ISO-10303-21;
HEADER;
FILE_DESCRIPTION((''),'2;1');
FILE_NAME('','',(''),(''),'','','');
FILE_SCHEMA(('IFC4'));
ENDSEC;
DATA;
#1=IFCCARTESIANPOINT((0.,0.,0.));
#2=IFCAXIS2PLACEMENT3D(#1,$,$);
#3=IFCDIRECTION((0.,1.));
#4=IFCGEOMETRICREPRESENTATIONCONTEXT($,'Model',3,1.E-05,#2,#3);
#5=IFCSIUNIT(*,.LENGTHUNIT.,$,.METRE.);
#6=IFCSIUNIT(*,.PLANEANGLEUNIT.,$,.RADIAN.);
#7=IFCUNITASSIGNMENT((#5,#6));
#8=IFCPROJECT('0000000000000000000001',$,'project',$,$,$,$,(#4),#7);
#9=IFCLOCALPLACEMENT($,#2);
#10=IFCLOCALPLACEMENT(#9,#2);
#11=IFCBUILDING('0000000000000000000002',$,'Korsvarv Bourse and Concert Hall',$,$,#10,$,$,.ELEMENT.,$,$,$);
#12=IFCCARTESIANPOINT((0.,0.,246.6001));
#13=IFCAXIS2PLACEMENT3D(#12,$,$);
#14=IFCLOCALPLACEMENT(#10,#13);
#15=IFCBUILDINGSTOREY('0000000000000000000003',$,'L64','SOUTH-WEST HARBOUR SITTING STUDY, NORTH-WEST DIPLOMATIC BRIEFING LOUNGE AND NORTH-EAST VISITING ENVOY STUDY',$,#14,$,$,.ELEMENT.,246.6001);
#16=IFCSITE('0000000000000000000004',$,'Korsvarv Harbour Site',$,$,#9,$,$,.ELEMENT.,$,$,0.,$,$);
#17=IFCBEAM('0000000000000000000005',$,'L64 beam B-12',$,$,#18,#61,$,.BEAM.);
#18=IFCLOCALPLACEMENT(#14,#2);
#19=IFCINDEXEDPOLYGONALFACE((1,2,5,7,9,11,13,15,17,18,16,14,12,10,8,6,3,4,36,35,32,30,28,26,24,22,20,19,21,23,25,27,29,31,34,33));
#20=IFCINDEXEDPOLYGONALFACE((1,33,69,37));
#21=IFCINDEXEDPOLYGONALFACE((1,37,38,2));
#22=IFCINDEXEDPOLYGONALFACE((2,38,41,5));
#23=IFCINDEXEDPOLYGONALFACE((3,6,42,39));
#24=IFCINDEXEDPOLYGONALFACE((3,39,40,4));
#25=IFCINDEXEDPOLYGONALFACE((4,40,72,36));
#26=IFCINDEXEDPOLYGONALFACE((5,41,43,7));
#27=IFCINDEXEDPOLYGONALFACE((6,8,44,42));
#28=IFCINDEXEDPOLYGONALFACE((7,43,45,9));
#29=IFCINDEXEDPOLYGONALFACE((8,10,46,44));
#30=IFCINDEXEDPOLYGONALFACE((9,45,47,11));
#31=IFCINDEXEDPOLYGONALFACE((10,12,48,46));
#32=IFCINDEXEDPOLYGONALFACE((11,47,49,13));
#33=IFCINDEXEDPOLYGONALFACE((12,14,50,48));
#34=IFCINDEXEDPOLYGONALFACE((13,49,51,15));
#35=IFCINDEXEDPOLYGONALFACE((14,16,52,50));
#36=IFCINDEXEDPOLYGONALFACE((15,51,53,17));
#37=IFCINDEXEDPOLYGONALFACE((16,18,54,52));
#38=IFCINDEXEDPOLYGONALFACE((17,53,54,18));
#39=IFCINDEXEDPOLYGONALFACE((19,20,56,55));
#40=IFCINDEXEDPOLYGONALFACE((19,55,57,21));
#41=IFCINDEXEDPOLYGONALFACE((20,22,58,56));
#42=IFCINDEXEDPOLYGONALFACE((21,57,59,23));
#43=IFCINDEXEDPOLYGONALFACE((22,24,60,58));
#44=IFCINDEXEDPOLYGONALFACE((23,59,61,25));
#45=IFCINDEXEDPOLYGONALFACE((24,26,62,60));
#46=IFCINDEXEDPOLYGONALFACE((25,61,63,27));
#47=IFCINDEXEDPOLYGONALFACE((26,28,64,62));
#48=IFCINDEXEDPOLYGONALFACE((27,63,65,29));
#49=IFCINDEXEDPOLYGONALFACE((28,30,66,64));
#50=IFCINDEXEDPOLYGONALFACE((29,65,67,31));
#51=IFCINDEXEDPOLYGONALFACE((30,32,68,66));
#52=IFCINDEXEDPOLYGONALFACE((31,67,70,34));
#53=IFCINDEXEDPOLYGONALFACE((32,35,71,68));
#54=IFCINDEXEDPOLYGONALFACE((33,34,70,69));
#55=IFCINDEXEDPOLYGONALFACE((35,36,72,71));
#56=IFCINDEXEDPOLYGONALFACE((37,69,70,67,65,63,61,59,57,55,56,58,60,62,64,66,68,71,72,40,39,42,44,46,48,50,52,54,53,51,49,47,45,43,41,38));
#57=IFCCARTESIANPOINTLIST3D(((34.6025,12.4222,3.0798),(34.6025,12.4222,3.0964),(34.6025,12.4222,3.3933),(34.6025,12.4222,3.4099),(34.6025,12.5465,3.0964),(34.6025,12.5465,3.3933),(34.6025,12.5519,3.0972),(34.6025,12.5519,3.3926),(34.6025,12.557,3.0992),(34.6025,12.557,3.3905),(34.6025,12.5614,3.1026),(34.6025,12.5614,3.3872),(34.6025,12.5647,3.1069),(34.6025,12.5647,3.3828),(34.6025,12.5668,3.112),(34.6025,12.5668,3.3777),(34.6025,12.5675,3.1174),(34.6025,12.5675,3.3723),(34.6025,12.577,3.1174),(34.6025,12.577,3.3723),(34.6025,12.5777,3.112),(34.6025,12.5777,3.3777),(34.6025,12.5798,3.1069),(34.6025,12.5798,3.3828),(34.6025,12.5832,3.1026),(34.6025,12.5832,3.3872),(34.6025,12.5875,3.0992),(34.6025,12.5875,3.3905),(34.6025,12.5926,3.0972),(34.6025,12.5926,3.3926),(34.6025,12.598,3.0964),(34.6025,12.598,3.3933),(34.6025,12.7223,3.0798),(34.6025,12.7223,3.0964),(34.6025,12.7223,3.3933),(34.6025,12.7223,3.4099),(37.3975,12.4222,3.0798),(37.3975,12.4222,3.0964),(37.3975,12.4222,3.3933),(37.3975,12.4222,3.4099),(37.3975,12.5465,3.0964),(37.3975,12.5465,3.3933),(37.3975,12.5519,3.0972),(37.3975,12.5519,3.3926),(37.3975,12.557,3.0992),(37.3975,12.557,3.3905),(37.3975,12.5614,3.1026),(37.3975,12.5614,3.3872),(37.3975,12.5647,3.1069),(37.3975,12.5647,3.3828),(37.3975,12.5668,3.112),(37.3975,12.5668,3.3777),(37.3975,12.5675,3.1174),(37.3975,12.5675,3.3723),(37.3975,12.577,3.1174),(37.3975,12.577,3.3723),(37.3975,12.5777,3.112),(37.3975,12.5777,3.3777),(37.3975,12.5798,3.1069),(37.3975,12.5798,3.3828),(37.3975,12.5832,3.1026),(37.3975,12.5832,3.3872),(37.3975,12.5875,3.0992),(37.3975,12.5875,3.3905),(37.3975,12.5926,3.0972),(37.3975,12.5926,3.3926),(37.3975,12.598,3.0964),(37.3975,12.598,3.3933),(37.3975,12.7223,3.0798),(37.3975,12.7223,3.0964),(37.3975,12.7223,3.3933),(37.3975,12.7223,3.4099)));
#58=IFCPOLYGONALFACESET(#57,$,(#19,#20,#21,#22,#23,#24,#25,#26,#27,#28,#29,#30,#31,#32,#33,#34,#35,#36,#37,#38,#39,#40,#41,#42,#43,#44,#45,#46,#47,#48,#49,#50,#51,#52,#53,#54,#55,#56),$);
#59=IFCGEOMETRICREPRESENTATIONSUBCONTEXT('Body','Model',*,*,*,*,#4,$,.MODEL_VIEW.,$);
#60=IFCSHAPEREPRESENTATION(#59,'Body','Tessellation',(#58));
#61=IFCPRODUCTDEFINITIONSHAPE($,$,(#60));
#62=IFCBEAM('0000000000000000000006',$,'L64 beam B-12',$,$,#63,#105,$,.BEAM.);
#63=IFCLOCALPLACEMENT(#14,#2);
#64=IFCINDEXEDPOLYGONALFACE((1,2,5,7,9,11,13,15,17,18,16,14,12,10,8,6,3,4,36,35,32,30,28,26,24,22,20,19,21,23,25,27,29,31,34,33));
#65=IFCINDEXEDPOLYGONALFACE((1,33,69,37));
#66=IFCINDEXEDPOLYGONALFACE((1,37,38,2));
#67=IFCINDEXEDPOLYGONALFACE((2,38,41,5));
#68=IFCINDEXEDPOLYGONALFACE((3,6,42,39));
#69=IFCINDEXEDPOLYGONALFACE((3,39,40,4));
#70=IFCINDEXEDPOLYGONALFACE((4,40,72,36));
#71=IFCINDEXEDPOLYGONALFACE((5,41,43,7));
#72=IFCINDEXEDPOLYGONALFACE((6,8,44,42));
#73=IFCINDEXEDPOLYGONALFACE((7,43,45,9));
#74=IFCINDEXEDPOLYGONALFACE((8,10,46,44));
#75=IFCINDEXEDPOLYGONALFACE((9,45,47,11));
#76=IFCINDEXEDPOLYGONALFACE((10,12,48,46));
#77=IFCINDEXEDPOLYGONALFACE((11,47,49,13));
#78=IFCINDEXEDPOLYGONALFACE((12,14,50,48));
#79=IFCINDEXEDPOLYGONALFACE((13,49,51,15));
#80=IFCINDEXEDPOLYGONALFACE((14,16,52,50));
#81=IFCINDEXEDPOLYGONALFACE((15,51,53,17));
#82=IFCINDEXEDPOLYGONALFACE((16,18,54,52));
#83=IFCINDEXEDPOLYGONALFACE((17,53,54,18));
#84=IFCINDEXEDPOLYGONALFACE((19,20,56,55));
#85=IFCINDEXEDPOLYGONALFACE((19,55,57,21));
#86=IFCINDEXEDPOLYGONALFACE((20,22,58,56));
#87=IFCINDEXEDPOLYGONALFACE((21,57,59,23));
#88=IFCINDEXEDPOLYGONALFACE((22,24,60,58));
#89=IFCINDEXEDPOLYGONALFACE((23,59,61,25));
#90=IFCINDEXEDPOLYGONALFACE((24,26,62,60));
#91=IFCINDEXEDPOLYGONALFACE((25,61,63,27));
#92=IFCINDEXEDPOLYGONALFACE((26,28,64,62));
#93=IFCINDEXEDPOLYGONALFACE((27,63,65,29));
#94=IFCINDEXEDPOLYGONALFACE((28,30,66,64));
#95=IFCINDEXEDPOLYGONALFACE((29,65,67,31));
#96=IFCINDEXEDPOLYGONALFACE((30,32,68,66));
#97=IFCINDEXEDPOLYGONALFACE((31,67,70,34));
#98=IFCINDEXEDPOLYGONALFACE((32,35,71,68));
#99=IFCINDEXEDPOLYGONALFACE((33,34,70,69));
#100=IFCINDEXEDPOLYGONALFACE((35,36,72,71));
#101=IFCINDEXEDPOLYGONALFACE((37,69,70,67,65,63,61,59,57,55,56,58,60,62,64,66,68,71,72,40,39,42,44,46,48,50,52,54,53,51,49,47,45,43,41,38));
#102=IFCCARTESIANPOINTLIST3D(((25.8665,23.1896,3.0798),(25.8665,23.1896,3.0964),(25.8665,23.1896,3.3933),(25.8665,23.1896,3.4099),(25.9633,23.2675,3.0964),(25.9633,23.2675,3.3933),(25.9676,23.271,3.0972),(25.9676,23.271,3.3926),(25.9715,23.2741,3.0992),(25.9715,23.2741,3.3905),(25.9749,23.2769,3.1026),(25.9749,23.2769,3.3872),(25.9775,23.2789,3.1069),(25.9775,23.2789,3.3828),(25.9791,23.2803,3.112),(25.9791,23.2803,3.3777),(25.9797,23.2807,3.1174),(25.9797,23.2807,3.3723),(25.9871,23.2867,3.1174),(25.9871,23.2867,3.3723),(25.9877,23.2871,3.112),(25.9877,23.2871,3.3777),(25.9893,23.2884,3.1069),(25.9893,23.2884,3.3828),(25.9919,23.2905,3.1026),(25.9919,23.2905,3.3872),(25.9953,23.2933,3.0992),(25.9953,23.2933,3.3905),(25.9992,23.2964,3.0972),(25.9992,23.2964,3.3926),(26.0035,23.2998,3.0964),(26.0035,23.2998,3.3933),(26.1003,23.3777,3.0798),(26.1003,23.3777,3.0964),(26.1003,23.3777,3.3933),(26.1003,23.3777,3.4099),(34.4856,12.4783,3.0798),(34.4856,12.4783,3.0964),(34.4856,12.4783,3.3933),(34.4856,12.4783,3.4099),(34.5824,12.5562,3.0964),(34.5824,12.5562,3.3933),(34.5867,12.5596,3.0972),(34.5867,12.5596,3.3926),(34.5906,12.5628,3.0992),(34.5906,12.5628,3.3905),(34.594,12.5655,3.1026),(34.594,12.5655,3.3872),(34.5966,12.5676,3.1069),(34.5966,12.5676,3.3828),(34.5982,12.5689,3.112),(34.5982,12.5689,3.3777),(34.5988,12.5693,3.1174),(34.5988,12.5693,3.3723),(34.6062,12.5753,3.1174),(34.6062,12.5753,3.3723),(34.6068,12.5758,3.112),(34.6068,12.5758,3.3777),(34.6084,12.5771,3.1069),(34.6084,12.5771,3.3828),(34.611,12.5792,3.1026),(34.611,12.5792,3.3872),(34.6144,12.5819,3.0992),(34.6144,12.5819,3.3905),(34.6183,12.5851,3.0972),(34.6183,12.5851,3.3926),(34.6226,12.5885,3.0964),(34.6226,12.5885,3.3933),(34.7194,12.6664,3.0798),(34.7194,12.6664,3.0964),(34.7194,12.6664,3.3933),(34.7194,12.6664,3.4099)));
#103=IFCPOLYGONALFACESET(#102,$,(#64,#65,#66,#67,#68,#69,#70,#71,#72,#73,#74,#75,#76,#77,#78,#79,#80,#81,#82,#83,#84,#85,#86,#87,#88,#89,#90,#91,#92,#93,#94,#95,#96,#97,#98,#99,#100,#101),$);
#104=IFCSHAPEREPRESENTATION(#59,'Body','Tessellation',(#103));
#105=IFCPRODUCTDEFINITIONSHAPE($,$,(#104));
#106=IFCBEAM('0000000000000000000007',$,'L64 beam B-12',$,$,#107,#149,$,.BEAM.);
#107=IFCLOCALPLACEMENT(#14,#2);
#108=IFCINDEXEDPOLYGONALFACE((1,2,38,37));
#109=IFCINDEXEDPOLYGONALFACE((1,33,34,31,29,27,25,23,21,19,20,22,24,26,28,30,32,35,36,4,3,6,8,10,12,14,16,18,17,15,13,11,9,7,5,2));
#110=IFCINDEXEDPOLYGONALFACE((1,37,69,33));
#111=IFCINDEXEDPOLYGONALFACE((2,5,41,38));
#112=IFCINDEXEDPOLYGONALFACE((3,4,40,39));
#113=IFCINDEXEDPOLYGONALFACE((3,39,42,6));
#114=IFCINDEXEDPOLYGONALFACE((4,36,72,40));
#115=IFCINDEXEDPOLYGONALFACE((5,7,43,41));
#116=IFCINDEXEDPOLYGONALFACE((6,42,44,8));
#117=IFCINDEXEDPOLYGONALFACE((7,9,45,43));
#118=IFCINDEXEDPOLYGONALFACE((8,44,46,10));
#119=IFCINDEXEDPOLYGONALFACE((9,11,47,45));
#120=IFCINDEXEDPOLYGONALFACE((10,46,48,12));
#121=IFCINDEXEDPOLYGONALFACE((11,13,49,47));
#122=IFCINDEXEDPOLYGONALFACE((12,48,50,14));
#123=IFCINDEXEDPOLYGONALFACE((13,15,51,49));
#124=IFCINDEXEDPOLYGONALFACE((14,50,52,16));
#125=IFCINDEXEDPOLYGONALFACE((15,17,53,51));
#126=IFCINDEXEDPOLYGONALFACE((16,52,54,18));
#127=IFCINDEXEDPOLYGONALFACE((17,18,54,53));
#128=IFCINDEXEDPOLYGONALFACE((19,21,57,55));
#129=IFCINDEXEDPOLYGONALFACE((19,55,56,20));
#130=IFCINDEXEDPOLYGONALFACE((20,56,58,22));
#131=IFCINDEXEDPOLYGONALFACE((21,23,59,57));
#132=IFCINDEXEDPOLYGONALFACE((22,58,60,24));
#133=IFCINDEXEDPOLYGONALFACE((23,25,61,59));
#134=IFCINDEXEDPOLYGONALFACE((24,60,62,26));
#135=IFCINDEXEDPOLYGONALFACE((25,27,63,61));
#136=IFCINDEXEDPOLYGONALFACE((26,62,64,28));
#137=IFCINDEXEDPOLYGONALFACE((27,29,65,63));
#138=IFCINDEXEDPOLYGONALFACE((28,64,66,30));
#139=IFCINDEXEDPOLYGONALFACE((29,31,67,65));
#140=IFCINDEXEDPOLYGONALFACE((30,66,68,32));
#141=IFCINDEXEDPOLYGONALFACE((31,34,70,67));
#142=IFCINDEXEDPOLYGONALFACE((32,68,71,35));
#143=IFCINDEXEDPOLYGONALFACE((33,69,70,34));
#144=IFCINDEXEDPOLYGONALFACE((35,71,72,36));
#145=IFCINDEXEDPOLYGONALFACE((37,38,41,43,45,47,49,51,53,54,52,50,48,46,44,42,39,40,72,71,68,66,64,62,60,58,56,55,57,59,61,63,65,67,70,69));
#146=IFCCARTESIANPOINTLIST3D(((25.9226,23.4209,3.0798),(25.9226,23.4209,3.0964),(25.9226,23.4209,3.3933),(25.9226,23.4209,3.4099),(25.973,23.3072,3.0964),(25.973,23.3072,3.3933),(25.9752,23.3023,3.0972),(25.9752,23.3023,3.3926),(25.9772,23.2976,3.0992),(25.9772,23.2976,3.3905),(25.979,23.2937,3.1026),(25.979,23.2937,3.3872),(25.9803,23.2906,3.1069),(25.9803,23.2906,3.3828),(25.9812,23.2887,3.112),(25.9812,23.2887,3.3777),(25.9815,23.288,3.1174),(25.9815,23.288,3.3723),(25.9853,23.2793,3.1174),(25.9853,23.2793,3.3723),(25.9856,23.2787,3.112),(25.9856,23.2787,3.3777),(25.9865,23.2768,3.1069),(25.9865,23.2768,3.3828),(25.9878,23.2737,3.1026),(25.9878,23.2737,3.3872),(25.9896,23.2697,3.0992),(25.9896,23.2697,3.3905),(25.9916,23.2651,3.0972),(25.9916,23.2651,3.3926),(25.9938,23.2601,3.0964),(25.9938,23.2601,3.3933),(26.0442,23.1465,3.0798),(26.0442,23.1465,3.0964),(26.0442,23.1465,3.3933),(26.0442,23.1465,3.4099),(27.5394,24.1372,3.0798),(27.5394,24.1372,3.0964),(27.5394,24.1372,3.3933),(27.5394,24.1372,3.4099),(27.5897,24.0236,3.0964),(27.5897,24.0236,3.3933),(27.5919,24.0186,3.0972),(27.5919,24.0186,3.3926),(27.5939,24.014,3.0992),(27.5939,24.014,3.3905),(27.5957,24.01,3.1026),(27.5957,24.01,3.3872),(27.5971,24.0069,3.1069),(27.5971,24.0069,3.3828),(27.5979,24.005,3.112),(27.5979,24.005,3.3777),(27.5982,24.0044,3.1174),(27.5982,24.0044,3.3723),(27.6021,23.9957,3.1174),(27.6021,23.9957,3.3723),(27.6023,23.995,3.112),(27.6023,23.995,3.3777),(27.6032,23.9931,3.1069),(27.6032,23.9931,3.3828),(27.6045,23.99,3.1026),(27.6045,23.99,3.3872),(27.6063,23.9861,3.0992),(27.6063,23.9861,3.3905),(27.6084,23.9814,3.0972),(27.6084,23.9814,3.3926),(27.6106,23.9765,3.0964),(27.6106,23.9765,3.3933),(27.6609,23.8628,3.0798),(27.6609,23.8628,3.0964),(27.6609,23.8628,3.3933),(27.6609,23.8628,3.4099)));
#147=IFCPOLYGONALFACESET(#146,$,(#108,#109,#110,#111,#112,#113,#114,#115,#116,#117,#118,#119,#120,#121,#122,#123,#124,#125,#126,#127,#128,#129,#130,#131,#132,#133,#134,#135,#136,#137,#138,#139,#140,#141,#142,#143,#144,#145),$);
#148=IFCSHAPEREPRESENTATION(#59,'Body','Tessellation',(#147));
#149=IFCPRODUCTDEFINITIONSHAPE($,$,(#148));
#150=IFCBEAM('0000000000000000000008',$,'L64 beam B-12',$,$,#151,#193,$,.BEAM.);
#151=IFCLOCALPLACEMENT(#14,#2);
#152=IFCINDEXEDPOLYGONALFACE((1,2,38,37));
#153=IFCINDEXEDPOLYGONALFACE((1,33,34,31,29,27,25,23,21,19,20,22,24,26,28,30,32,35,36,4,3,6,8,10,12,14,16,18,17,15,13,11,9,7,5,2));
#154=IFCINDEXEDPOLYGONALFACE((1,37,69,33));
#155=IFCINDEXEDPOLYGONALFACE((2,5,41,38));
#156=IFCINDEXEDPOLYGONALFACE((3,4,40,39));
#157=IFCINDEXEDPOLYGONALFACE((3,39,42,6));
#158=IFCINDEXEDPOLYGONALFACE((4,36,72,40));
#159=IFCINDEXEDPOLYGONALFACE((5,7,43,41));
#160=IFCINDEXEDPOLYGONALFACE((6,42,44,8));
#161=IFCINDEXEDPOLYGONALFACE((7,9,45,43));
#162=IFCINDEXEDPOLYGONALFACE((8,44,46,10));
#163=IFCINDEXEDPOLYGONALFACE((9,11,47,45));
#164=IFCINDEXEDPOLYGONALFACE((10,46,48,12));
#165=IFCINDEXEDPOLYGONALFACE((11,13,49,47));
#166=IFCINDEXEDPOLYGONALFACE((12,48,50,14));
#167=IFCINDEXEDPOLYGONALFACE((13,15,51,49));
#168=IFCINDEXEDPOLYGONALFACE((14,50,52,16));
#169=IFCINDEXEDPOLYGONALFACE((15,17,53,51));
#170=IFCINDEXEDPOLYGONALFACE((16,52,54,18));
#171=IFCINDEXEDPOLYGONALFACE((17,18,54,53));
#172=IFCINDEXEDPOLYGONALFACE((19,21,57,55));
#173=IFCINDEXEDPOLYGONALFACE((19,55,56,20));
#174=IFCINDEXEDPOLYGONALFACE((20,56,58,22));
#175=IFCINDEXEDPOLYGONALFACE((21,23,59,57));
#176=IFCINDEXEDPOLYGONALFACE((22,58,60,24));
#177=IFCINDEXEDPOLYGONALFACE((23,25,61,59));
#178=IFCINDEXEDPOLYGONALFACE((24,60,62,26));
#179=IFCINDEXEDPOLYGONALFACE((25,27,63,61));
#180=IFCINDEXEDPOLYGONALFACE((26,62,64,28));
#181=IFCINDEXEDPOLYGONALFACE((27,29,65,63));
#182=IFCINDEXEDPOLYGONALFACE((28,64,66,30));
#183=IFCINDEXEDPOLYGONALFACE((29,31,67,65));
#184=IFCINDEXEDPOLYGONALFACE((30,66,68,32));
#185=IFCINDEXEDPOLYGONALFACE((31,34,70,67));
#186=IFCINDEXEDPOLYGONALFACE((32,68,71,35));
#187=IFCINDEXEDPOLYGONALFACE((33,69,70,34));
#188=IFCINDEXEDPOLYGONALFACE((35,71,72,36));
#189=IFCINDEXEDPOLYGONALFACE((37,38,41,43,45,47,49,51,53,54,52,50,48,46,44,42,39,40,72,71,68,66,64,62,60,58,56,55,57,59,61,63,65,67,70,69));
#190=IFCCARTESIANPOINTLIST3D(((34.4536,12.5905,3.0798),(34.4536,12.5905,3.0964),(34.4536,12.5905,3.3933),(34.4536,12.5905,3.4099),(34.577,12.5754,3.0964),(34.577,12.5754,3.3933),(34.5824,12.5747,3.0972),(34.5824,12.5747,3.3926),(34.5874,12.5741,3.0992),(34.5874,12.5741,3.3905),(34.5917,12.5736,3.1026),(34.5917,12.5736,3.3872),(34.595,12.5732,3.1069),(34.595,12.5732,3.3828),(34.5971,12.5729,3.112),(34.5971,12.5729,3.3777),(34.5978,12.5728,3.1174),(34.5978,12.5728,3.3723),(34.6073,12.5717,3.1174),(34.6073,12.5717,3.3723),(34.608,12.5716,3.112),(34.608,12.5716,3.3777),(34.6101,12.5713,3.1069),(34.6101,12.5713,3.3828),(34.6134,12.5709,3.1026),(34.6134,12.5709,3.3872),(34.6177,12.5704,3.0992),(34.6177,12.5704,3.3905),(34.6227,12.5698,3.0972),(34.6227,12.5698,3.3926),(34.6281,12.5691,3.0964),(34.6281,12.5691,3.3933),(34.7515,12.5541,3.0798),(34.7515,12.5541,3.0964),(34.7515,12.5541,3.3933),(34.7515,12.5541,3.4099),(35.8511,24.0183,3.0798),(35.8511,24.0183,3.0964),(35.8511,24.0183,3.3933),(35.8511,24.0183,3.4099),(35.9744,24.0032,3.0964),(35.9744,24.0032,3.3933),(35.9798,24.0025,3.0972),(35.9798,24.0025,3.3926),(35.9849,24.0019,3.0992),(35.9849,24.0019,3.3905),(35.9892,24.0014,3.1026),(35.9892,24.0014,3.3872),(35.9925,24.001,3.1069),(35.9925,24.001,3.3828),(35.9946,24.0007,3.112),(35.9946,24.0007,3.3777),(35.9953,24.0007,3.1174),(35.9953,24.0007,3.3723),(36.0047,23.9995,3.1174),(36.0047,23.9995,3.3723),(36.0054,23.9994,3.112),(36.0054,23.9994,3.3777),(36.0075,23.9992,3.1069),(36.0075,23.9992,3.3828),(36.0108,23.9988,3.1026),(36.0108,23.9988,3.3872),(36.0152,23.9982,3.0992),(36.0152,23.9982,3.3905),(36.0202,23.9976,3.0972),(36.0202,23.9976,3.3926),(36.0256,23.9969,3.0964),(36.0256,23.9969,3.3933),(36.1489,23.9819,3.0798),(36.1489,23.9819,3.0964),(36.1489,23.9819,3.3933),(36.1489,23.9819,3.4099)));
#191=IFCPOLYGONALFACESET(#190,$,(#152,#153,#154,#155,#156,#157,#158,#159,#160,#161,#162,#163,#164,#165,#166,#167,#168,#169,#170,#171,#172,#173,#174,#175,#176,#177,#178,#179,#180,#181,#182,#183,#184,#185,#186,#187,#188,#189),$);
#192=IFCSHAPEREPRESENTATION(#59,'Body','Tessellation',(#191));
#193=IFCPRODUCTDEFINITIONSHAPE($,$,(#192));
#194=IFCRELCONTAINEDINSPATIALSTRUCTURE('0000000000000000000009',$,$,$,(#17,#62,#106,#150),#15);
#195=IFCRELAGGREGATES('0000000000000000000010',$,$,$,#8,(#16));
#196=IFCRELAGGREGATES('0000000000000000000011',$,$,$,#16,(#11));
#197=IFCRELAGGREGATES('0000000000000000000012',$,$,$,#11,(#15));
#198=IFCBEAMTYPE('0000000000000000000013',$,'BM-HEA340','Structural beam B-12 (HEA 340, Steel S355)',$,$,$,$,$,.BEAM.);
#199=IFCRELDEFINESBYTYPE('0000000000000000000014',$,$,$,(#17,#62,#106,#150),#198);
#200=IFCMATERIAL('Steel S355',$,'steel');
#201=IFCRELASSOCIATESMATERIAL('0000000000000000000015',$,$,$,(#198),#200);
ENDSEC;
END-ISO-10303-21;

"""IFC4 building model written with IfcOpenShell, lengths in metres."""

from ifc_helpers import new_model, si_unit, direction, frame, origin, origin_2d, place, context, subcontext, project, spatial, i_section, extrude, source, transform, mapped, material, material_profile, profile_set, type_object, element, save


model = new_model("IFC4")

# Units and contexts
model_context = context("Model", 3, precision=1e-05, world=origin(), true_north=direction((0.0, 1.0)))
body_context = subcontext(model_context, "Body", "Model", "MODEL_VIEW")
ifc_project = project(units=[si_unit("LENGTHUNIT", "METRE"), si_unit("PLANEANGLEUNIT", "RADIAN")], contexts=[model_context])

# Site, building, storey
site_placement = place(None, origin())
site = spatial("IfcSite", under=ifc_project, at=site_placement, Name="Korsvarv Harbour Site", CompositionType="ELEMENT", RefElevation=0.0)
building_placement = place(site_placement, origin())
building = spatial("IfcBuilding", under=site, at=building_placement, Name="Korsvarv Bourse and Concert Hall", CompositionType="ELEMENT")
storey_placement = place(building_placement, frame((0.0, 0.0, 246.6001)))
storey = spatial("IfcBuildingStorey", under=building, at=storey_placement, Name="L64", Description="SOUTH-WEST HARBOUR SITTING STUDY, NORTH-WEST DIPLOMATIC BRIEFING LOUNGE AND NORTH-EAST VISITING ENVOY STUDY", CompositionType="ELEMENT", Elevation=246.6001)

# Shared definitions
ifc_material_1 = material(Name="Steel S355", Category="steel")

# Beams
ifc_material_profile_1 = material_profile(ifc_material_1, i_section(OverallWidth=0.3, OverallDepth=0.3301, WebThickness=0.0095, FlangeThickness=0.0166, FilletRadius=0.021, at=origin_2d()), Name="HEA 340")
ifc_profile_set_1 = profile_set([ifc_material_profile_1], Name="Steel S355")
beam_type_1 = type_object("IfcBeamType", Name="BM-HEA340", Description="Structural beam B-12 (HEA 340, Steel S355)", PredefinedType="BEAM", material=ifc_profile_set_1)
shared_shape_1 = source(origin(), body_context, "Body", "SweptSolid", [
    extrude(i_section(OverallWidth=0.3, OverallDepth=0.3301, WebThickness=0.0095, FlangeThickness=0.0166, FilletRadius=0.021, at=origin_2d()), origin(), (0.0, 0.0, 1.0), 2.7949),
])
beam_1_placement = place(storey_placement, frame((34.6025, 12.5723, 3.2449), z_axis=(1.0, 0.0, 0.0), x_axis=(0.0, 1.0, 0.0)))
element("IfcBeam", 1, at=beam_1_placement, inside=storey, type_object=beam_type_1, Name="L64 beam B-12", PredefinedType="BEAM", context=body_context, shape_type="MappedRepresentation", body=[
    mapped(shared_shape_1, transform((0.0, 0.0, 0.0), scale=1.0)),
])
shared_shape_2 = source(origin(), body_context, "Body", "SweptSolid", [
    extrude(i_section(OverallWidth=0.3, OverallDepth=0.3301, WebThickness=0.0095, FlangeThickness=0.0166, FilletRadius=0.021, at=origin_2d()), origin(), (0.0, 0.0, 1.0), 13.7485),
])
beam_2_placement = place(storey_placement, frame((25.9834, 23.2837, 3.2449), z_axis=(0.62691, -0.779092, 0.0), x_axis=(0.779092, 0.62691, 0.0)))
element("IfcBeam", 2, at=beam_2_placement, inside=storey, type_object=beam_type_1, Name="L64 beam B-12", PredefinedType="BEAM", context=body_context, shape_type="MappedRepresentation", body=[
    mapped(shared_shape_2, transform((0.0, 0.0, 0.0), scale=1.0)),
])
shared_shape_3 = source(origin(), body_context, "Body", "SweptSolid", [
    extrude(i_section(OverallWidth=0.3, OverallDepth=0.3301, WebThickness=0.0095, FlangeThickness=0.0166, FilletRadius=0.021, at=origin_2d()), origin(), (0.0, 0.0, 1.0), 1.7683),
])
beam_3_placement = place(storey_placement, frame((25.9834, 23.2837, 3.2449), z_axis=(0.914278, 0.405088, 0.0), x_axis=(-0.405088, 0.914278, 0.0)))
element("IfcBeam", 3, at=beam_3_placement, inside=storey, type_object=beam_type_1, Name="L64 beam B-12", PredefinedType="BEAM", context=body_context, shape_type="MappedRepresentation", body=[
    mapped(shared_shape_3, transform((0.0, 0.0, 0.0), scale=1.0)),
])
shared_shape_4 = source(origin(), body_context, "Body", "SweptSolid", [
    extrude(i_section(OverallWidth=0.3, OverallDepth=0.3301, WebThickness=0.0095, FlangeThickness=0.0166, FilletRadius=0.021, at=origin_2d()), origin(), (0.0, 0.0, 1.0), 11.5129),
])
beam_4_placement = place(storey_placement, frame((34.6025, 12.5723, 3.2449), z_axis=(0.121383, 0.992606, 0.0), x_axis=(-0.992606, 0.121383, 0.0)))
element("IfcBeam", 4, at=beam_4_placement, inside=storey, type_object=beam_type_1, Name="L64 beam B-12", PredefinedType="BEAM", context=body_context, shape_type="MappedRepresentation", body=[
    mapped(shared_shape_4, transform((0.0, 0.0, 0.0), scale=1.0)),
])

save(model, "model.ifc")
